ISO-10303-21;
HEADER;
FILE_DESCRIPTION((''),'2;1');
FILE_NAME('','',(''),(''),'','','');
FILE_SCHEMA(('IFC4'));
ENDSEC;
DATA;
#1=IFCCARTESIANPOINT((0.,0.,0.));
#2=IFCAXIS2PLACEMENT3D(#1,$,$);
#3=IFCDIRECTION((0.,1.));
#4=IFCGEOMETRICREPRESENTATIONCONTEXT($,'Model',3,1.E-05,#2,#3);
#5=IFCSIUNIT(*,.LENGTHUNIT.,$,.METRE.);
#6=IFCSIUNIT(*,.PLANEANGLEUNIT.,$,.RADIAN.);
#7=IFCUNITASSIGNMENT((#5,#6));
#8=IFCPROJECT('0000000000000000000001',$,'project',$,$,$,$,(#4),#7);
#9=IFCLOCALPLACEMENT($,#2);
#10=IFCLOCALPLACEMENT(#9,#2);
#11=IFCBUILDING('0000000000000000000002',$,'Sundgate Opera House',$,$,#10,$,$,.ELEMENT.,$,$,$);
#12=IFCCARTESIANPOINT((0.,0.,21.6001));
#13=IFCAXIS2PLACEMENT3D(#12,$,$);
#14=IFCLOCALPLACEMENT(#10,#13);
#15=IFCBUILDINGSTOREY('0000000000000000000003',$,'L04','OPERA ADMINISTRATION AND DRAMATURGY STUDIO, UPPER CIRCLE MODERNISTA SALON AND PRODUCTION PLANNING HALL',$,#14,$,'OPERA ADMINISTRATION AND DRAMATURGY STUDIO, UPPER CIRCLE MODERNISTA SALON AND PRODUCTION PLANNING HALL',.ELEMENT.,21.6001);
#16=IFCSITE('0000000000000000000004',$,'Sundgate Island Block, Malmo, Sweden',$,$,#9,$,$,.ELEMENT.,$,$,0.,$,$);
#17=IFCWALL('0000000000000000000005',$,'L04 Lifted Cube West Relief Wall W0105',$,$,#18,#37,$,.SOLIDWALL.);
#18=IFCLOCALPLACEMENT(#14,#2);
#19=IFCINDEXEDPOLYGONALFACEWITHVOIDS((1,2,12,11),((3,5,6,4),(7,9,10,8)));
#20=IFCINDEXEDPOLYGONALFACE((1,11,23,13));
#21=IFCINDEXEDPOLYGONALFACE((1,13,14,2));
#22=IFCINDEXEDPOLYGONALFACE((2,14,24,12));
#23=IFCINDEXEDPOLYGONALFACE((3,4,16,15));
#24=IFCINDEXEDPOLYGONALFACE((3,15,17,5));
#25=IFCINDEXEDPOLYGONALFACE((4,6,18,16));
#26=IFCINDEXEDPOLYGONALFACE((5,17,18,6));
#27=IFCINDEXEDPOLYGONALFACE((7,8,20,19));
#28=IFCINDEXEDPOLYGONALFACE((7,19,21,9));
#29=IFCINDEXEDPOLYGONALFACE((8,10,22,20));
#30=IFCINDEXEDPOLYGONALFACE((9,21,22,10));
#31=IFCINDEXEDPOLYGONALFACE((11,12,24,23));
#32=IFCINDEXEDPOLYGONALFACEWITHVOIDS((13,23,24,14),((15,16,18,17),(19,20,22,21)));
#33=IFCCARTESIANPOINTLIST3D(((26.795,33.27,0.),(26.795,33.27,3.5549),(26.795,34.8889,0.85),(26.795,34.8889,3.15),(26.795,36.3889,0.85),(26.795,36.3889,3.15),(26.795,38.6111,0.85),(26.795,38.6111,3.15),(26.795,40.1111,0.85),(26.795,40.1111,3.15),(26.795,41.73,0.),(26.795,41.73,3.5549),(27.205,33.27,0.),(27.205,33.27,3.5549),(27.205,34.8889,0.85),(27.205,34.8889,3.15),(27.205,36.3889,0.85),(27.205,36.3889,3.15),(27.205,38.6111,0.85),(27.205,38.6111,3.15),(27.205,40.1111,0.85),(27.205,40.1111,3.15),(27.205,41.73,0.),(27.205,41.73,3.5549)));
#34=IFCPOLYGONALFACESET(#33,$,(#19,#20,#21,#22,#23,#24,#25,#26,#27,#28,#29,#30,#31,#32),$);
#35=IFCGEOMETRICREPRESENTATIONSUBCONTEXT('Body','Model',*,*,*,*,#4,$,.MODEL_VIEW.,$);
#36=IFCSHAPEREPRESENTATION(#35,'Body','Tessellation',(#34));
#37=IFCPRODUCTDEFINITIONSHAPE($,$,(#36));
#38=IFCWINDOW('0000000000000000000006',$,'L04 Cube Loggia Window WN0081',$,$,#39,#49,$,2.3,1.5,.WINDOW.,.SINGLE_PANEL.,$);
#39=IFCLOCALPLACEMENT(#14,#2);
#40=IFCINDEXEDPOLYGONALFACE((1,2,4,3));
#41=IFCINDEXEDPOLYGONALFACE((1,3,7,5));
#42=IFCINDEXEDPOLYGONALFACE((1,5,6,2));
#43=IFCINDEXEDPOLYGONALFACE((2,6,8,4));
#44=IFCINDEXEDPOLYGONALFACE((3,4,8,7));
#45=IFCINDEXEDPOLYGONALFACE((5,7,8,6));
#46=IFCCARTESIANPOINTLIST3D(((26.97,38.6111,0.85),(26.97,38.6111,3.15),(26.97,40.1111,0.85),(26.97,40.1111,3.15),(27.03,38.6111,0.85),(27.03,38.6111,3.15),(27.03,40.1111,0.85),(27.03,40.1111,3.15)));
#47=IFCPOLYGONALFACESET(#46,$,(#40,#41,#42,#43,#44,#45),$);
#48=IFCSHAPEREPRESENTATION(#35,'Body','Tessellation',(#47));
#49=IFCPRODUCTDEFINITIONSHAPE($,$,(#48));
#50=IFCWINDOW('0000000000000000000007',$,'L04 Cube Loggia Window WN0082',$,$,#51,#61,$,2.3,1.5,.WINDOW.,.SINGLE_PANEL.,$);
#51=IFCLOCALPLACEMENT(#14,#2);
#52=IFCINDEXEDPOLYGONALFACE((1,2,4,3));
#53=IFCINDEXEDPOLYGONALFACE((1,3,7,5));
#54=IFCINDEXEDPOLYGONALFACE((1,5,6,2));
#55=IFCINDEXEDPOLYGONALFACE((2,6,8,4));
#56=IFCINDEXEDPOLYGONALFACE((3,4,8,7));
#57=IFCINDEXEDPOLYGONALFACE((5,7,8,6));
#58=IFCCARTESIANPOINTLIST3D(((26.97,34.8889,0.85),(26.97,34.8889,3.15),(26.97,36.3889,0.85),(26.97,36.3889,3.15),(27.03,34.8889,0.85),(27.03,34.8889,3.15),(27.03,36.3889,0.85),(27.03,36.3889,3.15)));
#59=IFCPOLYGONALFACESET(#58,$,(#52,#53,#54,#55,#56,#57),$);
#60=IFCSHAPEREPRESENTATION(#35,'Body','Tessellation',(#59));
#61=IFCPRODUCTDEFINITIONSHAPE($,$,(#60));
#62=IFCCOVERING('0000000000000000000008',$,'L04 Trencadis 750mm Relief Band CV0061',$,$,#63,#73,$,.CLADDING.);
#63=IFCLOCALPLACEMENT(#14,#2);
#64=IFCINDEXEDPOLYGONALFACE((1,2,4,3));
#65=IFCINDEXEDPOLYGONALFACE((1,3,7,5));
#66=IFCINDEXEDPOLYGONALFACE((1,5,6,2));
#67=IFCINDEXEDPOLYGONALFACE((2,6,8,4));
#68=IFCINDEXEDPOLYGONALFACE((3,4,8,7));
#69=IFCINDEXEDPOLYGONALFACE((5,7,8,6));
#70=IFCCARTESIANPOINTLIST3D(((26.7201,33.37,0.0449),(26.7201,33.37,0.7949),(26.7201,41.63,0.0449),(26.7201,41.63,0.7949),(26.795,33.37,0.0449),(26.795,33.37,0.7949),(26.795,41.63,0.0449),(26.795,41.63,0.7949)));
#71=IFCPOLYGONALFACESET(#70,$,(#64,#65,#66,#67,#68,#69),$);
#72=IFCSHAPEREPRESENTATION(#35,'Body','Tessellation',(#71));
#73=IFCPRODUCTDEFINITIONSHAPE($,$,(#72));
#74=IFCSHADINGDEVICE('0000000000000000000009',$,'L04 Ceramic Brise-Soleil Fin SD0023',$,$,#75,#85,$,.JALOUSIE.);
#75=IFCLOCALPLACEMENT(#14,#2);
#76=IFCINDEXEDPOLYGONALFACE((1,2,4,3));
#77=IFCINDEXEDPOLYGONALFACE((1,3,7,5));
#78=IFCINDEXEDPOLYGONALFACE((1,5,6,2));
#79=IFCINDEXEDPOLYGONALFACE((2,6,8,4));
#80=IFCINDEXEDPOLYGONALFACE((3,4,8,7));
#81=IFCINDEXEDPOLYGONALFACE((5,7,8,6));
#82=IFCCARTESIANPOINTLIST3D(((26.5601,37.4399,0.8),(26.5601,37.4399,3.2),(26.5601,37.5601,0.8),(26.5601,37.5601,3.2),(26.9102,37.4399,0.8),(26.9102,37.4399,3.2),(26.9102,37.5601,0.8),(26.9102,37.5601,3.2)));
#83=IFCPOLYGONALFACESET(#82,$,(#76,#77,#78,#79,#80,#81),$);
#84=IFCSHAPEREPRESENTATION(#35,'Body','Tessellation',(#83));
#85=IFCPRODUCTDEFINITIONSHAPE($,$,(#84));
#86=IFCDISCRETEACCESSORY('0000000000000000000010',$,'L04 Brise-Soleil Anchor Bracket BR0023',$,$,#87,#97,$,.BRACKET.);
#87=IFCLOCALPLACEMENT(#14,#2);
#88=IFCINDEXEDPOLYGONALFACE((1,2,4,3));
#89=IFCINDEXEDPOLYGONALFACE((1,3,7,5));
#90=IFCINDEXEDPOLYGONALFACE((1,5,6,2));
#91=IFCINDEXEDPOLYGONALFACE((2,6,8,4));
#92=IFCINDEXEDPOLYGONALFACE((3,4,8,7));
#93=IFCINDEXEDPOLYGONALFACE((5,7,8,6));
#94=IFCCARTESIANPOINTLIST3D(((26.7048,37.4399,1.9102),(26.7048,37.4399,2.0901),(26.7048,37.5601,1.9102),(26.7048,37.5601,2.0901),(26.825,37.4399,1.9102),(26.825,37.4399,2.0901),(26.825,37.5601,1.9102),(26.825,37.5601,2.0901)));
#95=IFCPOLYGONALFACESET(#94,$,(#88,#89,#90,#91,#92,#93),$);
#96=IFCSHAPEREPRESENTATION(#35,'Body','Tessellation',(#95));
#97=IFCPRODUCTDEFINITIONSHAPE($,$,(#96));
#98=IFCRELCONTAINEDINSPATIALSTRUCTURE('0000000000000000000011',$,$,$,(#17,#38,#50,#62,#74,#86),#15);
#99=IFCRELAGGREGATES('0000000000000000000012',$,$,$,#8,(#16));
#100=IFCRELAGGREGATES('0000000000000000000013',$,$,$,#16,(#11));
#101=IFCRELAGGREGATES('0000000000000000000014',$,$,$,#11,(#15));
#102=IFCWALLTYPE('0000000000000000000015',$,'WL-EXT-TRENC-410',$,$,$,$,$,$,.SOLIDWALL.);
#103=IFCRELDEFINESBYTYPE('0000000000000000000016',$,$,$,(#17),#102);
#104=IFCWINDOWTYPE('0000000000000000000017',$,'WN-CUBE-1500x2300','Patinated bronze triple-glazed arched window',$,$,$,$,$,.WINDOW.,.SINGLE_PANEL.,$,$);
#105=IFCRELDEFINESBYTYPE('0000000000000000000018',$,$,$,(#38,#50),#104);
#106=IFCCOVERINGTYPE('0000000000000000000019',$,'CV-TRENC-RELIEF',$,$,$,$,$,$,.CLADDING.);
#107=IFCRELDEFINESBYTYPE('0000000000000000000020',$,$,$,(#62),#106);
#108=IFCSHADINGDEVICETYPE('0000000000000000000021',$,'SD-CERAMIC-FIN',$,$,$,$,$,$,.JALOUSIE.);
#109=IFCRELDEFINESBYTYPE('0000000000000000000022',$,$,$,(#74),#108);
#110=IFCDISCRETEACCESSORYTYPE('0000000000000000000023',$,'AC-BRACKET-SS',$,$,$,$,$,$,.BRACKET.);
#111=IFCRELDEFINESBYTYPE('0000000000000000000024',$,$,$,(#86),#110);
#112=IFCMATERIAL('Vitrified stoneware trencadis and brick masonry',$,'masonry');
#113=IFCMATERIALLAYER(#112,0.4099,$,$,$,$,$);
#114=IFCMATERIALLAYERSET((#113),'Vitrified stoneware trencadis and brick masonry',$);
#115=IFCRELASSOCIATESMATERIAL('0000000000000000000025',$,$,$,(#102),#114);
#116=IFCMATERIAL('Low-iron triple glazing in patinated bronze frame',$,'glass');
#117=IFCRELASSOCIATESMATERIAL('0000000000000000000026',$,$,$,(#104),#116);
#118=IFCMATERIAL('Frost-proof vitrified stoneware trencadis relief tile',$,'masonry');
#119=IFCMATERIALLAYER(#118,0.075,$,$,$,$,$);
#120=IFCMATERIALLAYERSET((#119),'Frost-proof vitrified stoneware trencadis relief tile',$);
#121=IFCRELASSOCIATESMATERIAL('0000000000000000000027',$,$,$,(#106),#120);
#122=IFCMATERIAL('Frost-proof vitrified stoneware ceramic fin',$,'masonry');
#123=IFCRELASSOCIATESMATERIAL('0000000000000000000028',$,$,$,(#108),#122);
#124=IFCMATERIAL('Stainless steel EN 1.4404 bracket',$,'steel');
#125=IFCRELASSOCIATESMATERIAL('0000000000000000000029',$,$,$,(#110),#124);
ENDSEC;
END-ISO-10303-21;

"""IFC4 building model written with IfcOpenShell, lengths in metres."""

from ifc_helpers import new_model, si_unit, direction, frame, frame_2d, origin, origin_2d, place, context, subcontext, project, spatial, rectangle, extrude, material, layer, layer_set, type_object, element, fill, save


model = new_model("IFC4")

# Units and contexts
model_context = context("Model", 3, precision=1e-05, world=origin(), true_north=direction((0.0, 1.0)))
body_context = subcontext(model_context, "Body", "Model", "MODEL_VIEW")
ifc_project = project(units=[si_unit("LENGTHUNIT", "METRE"), si_unit("PLANEANGLEUNIT", "RADIAN")], contexts=[model_context])

# Site, building, storey
site_placement = place(None, origin())
site = spatial("IfcSite", under=ifc_project, at=site_placement, Name="Sundgate Island Block, Malmo, Sweden", CompositionType="ELEMENT", RefElevation=0.0)
building_placement = place(site_placement, origin())
building = spatial("IfcBuilding", under=site, at=building_placement, Name="Sundgate Opera House", CompositionType="ELEMENT")
storey_placement = place(building_placement, frame((0.0, 0.0, 21.6001)))
storey = spatial("IfcBuildingStorey", under=building, at=storey_placement, Name="L04", Description="OPERA ADMINISTRATION AND DRAMATURGY STUDIO, UPPER CIRCLE MODERNISTA SALON AND PRODUCTION PLANNING HALL", LongName="OPERA ADMINISTRATION AND DRAMATURGY STUDIO, UPPER CIRCLE MODERNISTA SALON AND PRODUCTION PLANNING HALL", CompositionType="ELEMENT", Elevation=21.6001)

# Wall, openings, windows
ifc_material_1 = material(Name="Vitrified stoneware trencadis and brick masonry", Category="masonry")
ifc_layer_1 = layer(ifc_material_1, 0.4099)
ifc_layer_set_1 = layer_set([ifc_layer_1], Name="Vitrified stoneware trencadis and brick masonry")
wall_type = type_object("IfcWallType", Name="WL-EXT-TRENC-410", PredefinedType="SOLIDWALL", material=ifc_layer_set_1)
ifc_material_2 = material(Name="Low-iron triple glazing in patinated bronze frame", Category="glass")
window_type = type_object("IfcWindowType", Name="WN-CUBE-1500x2300", Description="Patinated bronze triple-glazed arched window", PartitioningType="SINGLE_PANEL", PredefinedType="WINDOW", material=ifc_material_2)
wall_1_placement = place(storey_placement, frame((27.0, 41.73, 0.0), z_axis=(0.0, 0.0, 1.0), x_axis=(0.0, -1.0, 0.0)))
wall_1 = element("IfcWall", 1, at=wall_1_placement, inside=storey, type_object=wall_type, Name="L04 Lifted Cube West Relief Wall W0105", PredefinedType="SOLIDWALL", context=body_context, shape_type="SweptSolid", body=[
    extrude(rectangle(XDim=8.46, YDim=0.4099, at=frame_2d((4.23, 0.0))), origin(), (0.0, 0.0, 1.0), 3.5549),
])
opening_1_placement = place(wall_1_placement, frame((1.6189, 0.0, 0.8501)))
opening_1 = element("IfcOpeningElement", 2, at=opening_1_placement, cuts=wall_1, PredefinedType="OPENING", context=body_context, shape_type="SweptSolid", body=[
    extrude(rectangle(XDim=1.5, YDim=2.3, at=frame_2d((0.75, 1.1499))), frame((0.0, 0.2148, 0.0), z_axis=(0.0, -1.0, 0.0), x_axis=(1.0, 0.0, 0.0)), (0.0, 0.0, 1.0), 0.4299),
])
opening_2_placement = place(wall_1_placement, frame((5.3411, 0.0, 0.8501)))
opening_2 = element("IfcOpeningElement", 3, at=opening_2_placement, cuts=wall_1, PredefinedType="OPENING", context=body_context, shape_type="SweptSolid", body=[
    extrude(rectangle(XDim=1.5, YDim=2.3, at=frame_2d((0.75, 1.1499))), frame((0.0, 0.2148, 0.0), z_axis=(0.0, -1.0, 0.0), x_axis=(1.0, 0.0, 0.0)), (0.0, 0.0, 1.0), 0.4299),
])
window_1_placement = place(opening_1_placement, origin())
window_1 = element("IfcWindow", 4, at=window_1_placement, inside=storey, type_object=window_type, Name="L04 Cube Loggia Window WN0081", OverallHeight=2.3, OverallWidth=1.5, PartitioningType="SINGLE_PANEL", PredefinedType="WINDOW", context=body_context, shape_type="SweptSolid", body=[
    extrude(rectangle(XDim=1.5, YDim=2.3, at=frame_2d((0.75, 1.1499))), frame((0.0, 0.03, 0.0), z_axis=(0.0, -1.0, 0.0), x_axis=(1.0, 0.0, 0.0)), (0.0, 0.0, 1.0), 0.0601),
])
fill(opening_1, window_1)
window_2_placement = place(opening_2_placement, origin())
window_2 = element("IfcWindow", 5, at=window_2_placement, inside=storey, type_object=window_type, Name="L04 Cube Loggia Window WN0082", OverallHeight=2.3, OverallWidth=1.5, PartitioningType="SINGLE_PANEL", PredefinedType="WINDOW", context=body_context, shape_type="SweptSolid", body=[
    extrude(rectangle(XDim=1.5, YDim=2.3, at=frame_2d((0.75, 1.1499))), frame((0.0, 0.03, 0.0), z_axis=(0.0, -1.0, 0.0), x_axis=(1.0, 0.0, 0.0)), (0.0, 0.0, 1.0), 0.0601),
])
fill(opening_2, window_2)

# Covering
ifc_material_3 = material(Name="Frost-proof vitrified stoneware trencadis relief tile", Category="masonry")
ifc_layer_2 = layer(ifc_material_3, 0.075)
ifc_layer_set_2 = layer_set([ifc_layer_2], Name="Frost-proof vitrified stoneware trencadis relief tile")
covering_type = type_object("IfcCoveringType", Name="CV-TRENC-RELIEF", PredefinedType="CLADDING", material=ifc_layer_set_2)
covering_placement = place(storey_placement, frame((26.7576, 37.5, 0.0449), z_axis=(0.0, 0.0, 1.0), x_axis=(0.0, 1.0, 0.0)))
element("IfcCovering", 6, at=covering_placement, inside=storey, type_object=covering_type, Name="L04 Trencadis 750mm Relief Band CV0061", PredefinedType="CLADDING", context=body_context, shape_type="SweptSolid", body=[
    extrude(rectangle(XDim=8.26, YDim=0.075, at=origin_2d()), origin(), (0.0, 0.0, 1.0), 0.75),
])

# Shading device
ifc_material_4 = material(Name="Frost-proof vitrified stoneware ceramic fin", Category="masonry")
shading_device_type = type_object("IfcShadingDeviceType", Name="SD-CERAMIC-FIN", PredefinedType="JALOUSIE", material=ifc_material_4)
shading_device_placement = place(storey_placement, frame((26.7351, 37.5, 0.8), z_axis=(0.0, 0.0, 1.0), x_axis=(1.0, 0.0, 0.0)))
element("IfcShadingDevice", 7, at=shading_device_placement, inside=storey, type_object=shading_device_type, Name="L04 Ceramic Brise-Soleil Fin SD0023", PredefinedType="JALOUSIE", context=body_context, shape_type="SweptSolid", body=[
    extrude(rectangle(XDim=0.3501, YDim=0.1201, at=origin_2d()), origin(), (0.0, 0.0, 1.0), 2.3999),
])

# Discrete accessory
ifc_material_5 = material(Name="Stainless steel EN 1.4404 bracket", Category="steel")
discrete_accessory_type = type_object("IfcDiscreteAccessoryType", Name="AC-BRACKET-SS", PredefinedType="BRACKET", material=ifc_material_5)
discrete_accessory_placement = place(storey_placement, frame((26.7649, 37.5, 1.9102), z_axis=(0.0, 0.0, 1.0), x_axis=(1.0, 0.0, 0.0)))
element("IfcDiscreteAccessory", 8, at=discrete_accessory_placement, inside=storey, type_object=discrete_accessory_type, Name="L04 Brise-Soleil Anchor Bracket BR0023", PredefinedType="BRACKET", context=body_context, shape_type="SweptSolid", body=[
    extrude(rectangle(XDim=0.1201, YDim=0.1201, at=origin_2d()), origin(), (0.0, 0.0, 1.0), 0.1799),
])

save(model, "model.ifc")
